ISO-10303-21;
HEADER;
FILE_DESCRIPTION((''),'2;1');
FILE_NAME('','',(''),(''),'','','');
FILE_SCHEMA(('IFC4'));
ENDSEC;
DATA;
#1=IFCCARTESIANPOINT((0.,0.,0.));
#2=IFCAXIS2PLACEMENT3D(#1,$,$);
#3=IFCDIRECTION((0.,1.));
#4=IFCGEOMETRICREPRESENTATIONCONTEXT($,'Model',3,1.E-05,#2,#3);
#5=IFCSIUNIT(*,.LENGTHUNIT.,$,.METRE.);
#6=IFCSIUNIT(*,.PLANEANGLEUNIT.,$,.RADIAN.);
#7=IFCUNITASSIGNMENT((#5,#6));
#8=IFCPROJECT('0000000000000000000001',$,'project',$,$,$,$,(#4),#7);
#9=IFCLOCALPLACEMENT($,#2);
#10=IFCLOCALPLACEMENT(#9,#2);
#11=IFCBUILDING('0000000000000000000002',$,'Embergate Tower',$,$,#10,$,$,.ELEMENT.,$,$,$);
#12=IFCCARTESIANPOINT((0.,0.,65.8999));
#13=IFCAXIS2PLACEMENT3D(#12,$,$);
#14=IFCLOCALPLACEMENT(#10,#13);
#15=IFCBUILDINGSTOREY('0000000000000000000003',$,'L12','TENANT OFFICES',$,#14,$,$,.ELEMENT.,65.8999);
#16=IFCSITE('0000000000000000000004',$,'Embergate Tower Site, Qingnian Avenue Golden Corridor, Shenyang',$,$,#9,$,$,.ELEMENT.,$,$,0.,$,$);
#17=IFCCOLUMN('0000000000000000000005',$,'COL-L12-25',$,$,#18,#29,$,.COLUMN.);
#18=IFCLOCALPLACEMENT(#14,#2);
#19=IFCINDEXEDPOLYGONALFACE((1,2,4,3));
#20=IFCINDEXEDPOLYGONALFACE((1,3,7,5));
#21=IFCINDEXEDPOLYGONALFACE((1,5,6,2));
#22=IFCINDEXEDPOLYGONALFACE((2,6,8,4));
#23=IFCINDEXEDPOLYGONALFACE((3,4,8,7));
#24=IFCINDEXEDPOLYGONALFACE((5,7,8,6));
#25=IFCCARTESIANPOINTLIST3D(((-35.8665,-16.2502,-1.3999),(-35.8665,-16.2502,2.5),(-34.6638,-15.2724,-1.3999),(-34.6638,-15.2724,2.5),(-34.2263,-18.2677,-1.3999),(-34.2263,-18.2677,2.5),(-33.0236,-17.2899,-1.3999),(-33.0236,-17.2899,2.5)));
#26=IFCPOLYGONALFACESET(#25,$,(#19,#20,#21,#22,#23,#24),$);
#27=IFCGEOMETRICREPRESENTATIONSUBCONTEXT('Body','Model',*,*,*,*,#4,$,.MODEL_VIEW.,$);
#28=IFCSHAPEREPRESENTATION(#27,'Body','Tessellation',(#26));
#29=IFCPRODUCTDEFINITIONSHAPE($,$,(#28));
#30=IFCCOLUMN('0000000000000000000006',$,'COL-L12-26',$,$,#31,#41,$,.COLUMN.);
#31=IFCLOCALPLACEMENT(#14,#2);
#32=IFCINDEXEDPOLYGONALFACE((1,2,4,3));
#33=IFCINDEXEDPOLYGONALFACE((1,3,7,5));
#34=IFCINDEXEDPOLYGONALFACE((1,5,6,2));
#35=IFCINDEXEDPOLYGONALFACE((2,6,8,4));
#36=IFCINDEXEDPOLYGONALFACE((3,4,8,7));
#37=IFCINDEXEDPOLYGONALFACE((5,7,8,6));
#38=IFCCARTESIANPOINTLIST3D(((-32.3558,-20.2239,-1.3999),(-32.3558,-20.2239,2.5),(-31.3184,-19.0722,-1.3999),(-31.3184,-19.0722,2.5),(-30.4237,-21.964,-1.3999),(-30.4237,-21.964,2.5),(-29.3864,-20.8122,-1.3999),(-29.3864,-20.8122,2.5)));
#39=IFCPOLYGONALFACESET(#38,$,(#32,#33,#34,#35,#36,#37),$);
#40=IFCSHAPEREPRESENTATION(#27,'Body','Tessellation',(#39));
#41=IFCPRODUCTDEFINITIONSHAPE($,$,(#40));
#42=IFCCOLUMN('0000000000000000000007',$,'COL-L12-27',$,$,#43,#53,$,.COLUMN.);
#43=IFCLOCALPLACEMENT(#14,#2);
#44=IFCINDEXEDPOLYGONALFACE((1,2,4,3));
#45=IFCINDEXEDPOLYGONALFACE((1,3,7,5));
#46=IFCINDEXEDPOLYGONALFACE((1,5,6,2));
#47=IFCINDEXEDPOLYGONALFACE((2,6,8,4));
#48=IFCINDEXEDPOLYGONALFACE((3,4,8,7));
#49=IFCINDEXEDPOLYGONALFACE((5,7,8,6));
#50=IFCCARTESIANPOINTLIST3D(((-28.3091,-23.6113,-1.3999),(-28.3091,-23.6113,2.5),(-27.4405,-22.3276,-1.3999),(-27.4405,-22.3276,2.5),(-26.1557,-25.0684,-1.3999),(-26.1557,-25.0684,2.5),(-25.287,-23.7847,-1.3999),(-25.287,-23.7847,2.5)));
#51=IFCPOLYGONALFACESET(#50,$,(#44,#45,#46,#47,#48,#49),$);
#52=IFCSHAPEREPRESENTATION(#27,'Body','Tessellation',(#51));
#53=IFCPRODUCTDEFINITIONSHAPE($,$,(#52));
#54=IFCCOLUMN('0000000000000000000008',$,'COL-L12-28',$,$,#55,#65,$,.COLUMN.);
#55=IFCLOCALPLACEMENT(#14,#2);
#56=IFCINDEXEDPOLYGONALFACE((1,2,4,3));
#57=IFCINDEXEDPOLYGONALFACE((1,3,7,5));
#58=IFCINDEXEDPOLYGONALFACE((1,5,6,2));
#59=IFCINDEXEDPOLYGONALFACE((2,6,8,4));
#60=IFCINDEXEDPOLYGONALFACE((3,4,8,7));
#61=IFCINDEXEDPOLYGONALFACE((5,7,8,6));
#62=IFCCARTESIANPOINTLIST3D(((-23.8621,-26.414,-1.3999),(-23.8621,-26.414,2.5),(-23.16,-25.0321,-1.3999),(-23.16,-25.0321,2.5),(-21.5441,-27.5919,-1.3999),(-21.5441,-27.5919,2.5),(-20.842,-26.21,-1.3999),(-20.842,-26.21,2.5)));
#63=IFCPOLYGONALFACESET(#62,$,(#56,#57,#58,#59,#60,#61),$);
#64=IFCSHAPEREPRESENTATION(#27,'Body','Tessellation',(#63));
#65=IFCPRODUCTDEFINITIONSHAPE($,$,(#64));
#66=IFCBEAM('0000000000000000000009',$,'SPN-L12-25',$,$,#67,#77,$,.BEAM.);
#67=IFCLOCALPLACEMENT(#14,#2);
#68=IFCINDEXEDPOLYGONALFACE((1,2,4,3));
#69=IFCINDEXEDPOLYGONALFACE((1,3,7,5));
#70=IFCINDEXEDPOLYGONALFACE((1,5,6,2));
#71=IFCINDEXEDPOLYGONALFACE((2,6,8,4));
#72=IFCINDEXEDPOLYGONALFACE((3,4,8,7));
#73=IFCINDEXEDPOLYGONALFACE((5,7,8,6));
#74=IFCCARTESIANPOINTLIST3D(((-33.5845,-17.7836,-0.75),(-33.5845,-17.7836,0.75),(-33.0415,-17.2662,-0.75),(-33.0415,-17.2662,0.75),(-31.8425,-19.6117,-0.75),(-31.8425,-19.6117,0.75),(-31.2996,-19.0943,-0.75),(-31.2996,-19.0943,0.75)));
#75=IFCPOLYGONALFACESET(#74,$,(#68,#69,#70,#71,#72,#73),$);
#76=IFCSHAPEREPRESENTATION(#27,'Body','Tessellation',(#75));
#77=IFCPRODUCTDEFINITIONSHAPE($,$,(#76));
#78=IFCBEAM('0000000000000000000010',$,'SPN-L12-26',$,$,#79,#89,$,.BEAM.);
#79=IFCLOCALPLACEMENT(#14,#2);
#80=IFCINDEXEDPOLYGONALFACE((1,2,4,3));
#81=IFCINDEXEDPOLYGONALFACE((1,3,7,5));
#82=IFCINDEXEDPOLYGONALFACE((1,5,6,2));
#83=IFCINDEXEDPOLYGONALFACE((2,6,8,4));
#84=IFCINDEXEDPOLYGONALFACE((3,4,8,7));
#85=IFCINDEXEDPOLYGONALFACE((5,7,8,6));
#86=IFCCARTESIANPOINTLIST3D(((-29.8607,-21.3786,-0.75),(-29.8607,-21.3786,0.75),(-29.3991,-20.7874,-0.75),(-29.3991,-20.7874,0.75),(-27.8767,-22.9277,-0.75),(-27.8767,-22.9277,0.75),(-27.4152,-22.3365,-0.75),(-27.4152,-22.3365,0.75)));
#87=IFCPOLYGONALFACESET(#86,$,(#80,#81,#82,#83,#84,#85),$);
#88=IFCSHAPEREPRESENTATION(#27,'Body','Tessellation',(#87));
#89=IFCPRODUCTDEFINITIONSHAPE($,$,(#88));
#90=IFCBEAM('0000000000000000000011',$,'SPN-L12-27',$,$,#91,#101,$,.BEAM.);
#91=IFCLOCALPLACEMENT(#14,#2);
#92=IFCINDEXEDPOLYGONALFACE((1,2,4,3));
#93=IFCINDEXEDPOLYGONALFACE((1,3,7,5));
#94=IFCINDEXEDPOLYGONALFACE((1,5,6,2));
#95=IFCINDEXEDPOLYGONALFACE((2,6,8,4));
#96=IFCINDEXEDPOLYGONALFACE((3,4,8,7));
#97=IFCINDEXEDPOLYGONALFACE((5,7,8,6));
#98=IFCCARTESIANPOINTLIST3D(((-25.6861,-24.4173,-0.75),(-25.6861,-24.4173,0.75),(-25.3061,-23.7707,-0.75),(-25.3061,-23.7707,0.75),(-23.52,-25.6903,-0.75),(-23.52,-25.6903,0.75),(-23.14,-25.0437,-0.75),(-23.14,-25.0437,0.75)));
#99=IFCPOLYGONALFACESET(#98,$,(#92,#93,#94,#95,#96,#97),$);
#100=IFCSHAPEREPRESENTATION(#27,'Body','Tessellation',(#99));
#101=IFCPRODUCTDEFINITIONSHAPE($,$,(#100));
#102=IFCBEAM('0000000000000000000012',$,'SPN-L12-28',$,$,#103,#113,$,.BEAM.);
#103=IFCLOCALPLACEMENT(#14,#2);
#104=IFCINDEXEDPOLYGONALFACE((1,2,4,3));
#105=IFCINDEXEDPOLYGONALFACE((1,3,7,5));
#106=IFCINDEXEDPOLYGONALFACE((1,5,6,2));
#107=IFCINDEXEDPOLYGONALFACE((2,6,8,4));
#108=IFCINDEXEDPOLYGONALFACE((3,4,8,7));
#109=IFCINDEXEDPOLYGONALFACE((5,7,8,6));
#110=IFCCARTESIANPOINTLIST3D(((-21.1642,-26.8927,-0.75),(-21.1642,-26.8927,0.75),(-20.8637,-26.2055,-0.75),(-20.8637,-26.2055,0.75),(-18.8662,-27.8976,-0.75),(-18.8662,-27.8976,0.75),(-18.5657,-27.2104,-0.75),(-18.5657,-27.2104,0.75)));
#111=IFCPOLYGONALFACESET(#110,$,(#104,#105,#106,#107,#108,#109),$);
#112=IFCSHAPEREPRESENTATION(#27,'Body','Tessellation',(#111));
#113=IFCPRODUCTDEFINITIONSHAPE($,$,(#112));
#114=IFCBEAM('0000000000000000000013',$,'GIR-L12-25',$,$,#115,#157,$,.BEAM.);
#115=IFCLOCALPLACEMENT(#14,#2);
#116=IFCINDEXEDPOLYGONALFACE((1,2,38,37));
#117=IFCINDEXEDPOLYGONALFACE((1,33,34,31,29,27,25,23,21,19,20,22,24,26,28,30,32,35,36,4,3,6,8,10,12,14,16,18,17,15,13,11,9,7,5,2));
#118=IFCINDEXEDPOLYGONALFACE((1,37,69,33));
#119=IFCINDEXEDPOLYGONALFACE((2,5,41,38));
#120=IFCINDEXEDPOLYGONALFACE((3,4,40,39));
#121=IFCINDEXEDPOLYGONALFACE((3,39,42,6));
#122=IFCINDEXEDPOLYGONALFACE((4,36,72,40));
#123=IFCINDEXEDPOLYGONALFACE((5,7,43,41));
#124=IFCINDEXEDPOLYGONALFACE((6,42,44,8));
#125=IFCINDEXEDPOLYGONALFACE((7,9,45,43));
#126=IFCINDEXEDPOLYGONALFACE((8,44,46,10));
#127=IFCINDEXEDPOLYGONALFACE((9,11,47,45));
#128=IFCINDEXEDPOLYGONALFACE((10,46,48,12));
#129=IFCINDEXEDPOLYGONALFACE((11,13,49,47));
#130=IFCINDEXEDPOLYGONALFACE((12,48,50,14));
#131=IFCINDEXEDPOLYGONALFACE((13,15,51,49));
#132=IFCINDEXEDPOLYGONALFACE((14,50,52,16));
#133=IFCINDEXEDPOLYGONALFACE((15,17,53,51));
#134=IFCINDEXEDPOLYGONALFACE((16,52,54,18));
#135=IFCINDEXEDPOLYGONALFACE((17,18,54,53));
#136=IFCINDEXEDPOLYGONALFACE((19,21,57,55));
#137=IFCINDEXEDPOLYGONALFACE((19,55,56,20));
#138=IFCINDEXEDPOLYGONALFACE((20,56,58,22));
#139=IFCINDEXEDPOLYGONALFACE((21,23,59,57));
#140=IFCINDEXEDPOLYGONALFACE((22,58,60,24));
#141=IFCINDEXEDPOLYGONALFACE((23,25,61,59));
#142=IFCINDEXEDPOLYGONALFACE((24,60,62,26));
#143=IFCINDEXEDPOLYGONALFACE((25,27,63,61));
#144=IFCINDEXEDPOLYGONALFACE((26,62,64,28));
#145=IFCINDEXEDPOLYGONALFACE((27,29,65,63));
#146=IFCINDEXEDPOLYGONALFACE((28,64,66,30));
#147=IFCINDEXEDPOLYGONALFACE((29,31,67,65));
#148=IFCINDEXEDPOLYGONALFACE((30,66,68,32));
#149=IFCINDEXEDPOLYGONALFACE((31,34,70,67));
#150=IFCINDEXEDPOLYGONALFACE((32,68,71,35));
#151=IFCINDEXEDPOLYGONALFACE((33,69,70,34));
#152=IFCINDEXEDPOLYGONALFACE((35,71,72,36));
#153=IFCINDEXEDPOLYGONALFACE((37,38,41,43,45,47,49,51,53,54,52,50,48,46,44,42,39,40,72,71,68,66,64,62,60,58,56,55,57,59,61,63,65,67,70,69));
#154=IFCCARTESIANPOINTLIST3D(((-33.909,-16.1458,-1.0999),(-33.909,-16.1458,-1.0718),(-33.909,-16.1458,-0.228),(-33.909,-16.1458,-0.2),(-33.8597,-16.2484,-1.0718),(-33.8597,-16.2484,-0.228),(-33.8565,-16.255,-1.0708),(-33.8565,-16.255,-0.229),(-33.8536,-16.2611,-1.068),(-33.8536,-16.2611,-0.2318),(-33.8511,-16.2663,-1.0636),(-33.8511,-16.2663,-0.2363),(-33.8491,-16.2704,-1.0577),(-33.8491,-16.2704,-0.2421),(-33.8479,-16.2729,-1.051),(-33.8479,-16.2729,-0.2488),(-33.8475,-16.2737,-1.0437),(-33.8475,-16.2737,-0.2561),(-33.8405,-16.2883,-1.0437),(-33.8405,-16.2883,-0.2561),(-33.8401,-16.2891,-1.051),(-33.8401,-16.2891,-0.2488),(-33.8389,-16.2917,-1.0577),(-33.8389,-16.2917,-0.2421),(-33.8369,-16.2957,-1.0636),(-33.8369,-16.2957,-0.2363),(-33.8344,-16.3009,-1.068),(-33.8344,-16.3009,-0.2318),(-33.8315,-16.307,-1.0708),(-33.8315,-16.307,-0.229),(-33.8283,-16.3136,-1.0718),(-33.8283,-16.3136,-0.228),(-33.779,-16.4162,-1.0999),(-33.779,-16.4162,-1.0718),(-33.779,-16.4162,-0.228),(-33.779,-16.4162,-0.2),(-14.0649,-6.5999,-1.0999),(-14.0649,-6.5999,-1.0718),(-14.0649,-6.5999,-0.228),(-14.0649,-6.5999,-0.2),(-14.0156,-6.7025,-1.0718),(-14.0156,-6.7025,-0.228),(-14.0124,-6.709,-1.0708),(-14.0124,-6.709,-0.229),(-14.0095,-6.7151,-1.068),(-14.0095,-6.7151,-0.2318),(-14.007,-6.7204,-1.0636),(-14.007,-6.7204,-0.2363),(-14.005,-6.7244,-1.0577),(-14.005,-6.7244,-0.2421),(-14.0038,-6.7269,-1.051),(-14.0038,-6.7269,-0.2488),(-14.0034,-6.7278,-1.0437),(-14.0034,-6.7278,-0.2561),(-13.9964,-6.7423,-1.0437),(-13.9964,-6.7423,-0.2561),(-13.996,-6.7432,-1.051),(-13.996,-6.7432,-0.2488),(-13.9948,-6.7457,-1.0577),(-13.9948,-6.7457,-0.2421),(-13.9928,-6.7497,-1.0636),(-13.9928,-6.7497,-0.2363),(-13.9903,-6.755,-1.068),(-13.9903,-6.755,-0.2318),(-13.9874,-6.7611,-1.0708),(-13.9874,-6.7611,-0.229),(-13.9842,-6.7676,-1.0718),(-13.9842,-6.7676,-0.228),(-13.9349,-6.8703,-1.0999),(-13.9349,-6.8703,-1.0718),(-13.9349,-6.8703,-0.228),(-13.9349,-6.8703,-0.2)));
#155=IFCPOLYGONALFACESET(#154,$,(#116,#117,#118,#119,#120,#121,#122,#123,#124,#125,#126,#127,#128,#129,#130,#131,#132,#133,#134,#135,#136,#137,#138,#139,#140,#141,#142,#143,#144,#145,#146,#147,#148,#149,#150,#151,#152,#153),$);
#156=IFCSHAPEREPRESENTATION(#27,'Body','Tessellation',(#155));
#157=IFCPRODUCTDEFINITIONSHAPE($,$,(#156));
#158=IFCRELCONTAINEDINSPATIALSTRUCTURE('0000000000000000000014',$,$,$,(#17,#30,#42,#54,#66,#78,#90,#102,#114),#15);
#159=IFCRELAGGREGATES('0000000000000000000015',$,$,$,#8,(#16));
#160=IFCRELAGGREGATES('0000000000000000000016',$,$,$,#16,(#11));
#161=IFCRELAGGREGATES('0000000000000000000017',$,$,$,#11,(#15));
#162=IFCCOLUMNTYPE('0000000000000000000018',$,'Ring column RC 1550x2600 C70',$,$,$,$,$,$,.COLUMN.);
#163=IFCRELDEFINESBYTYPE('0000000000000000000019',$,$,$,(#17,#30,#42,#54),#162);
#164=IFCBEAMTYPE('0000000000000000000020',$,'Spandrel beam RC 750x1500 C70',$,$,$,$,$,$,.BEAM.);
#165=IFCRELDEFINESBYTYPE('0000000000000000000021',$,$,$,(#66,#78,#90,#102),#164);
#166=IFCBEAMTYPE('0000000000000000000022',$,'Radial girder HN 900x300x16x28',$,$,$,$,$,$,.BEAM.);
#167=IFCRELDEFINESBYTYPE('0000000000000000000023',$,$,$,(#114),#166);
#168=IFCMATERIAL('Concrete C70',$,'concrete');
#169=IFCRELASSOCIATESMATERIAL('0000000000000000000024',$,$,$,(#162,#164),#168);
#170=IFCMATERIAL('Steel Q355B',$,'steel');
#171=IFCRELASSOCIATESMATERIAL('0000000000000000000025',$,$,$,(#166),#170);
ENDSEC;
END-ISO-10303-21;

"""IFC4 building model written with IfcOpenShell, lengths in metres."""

from ifc_helpers import new_model, si_unit, direction, frame, origin, origin_2d, place, context, subcontext, project, spatial, rectangle, i_section, extrude, source, transform, mapped, material, material_profile, profile_set, type_object, element, save


model = new_model("IFC4")

# Units and contexts
model_context = context("Model", 3, precision=1e-05, world=origin(), true_north=direction((0.0, 1.0)))
body_context = subcontext(model_context, "Body", "Model", "MODEL_VIEW")
ifc_project = project(units=[si_unit("LENGTHUNIT", "METRE"), si_unit("PLANEANGLEUNIT", "RADIAN")], contexts=[model_context])

# Site, building, storey
site_placement = place(None, origin())
site = spatial("IfcSite", under=ifc_project, at=site_placement, Name="Embergate Tower Site, Qingnian Avenue Golden Corridor, Shenyang", CompositionType="ELEMENT", RefElevation=0.0)
building_placement = place(site_placement, origin())
building = spatial("IfcBuilding", under=site, at=building_placement, Name="Embergate Tower", CompositionType="ELEMENT")
storey_placement = place(building_placement, frame((0.0, 0.0, 65.8999)))
storey = spatial("IfcBuildingStorey", under=building, at=storey_placement, Name="L12", Description="TENANT OFFICES", CompositionType="ELEMENT", Elevation=65.8999)

# Columns
ifc_material_1 = material(Name="Concrete C70", Category="concrete")
ifc_material_profile_1 = material_profile(ifc_material_1, rectangle(XDim=1.55, YDim=2.6001, at=origin_2d()), Name="RC 1550x2600")
ifc_profile_set_1 = profile_set([ifc_material_profile_1], Name="Concrete C70")
column_type = type_object("IfcColumnType", Name="Ring column RC 1550x2600 C70", PredefinedType="COLUMN", material=ifc_profile_set_1)
shared_shape_1 = source(origin(), body_context, "Body", "SweptSolid", [
    extrude(rectangle(XDim=1.55, YDim=2.6001, at=origin_2d()), origin(), (0.0, 0.0, 1.0), 3.8999),
])
for number, where, z_axis, x_axis, name in (
    (1, (-34.4451, -16.77, -1.3999), (0.0, 0.0, 1.0), (-0.775925, -0.630825, 0.0), "COL-L12-25"),
    (2, (-30.8711, -20.5181, -1.3999), (0.0, 0.0, 1.0), (-0.669221, -0.743063, 0.0), "COL-L12-26"),
    (3, (-26.7981, -23.698, -1.3999), (0.0, 0.0, 1.0), (-0.560408, -0.828217, 0.0), "COL-L12-27"),
    (4, (-22.3521, -26.312, -1.3999), (0.0, 0.0, 1.0), (-0.453011, -0.891505, 0.0), "COL-L12-28"),
):
    element("IfcColumn", number, at=place(storey_placement, frame(where, z_axis=z_axis, x_axis=x_axis)), inside=storey, type_object=column_type, Name=name, PredefinedType="COLUMN", context=body_context, shape_type="MappedRepresentation", body=[
        mapped(shared_shape_1, transform((0.0, 0.0, 0.0))),
    ])

# Beams
ifc_material_profile_2 = material_profile(ifc_material_1, rectangle(XDim=0.75, YDim=1.5, at=origin_2d()), Name="RC 750x1500")
ifc_profile_set_2 = profile_set([ifc_material_profile_2], Name="Concrete C70")
beam_type_1 = type_object("IfcBeamType", Name="Spandrel beam RC 750x1500 C70", PredefinedType="BEAM", material=ifc_profile_set_2)
shared_shape_2 = source(origin(), body_context, "Body", "SweptSolid", [
    extrude(rectangle(XDim=0.75, YDim=1.5, at=origin_2d()), origin(), (0.0, 0.0, 1.0), 2.5251),
])
beam_1_placement = place(storey_placement, frame((-33.313, -17.5249, 0.0), z_axis=(0.689836, -0.723965, 0.0), x_axis=(0.723965, 0.689836, 0.0)))
element("IfcBeam", 5, at=beam_1_placement, inside=storey, type_object=beam_type_1, Name="SPN-L12-25", PredefinedType="BEAM", context=body_context, shape_type="MappedRepresentation", body=[
    mapped(shared_shape_2, transform((0.0, 0.0, 0.0))),
])
shared_shape_3 = source(origin(), body_context, "Body", "SweptSolid", [
    extrude(rectangle(XDim=0.75, YDim=1.5, at=origin_2d()), origin(), (0.0, 0.0, 1.0), 2.5171),
])
beam_2_placement = place(storey_placement, frame((-29.6299, -21.083, 0.0), z_axis=(0.788186, -0.615437, 0.0), x_axis=(0.615437, 0.788186, 0.0)))
element("IfcBeam", 6, at=beam_2_placement, inside=storey, type_object=beam_type_1, Name="SPN-L12-26", PredefinedType="BEAM", context=body_context, shape_type="MappedRepresentation", body=[
    mapped(shared_shape_3, transform((0.0, 0.0, 0.0))),
])
shared_shape_4 = source(origin(), body_context, "Body", "SweptSolid", [
    extrude(rectangle(XDim=0.75, YDim=1.5, at=origin_2d()), origin(), (0.0, 0.0, 1.0), 2.5125),
])
beam_3_placement = place(storey_placement, frame((-25.4961, -24.094, 0.0), z_axis=(0.862139, -0.506672, 0.0), x_axis=(0.506672, 0.862139, 0.0)))
element("IfcBeam", 7, at=beam_3_placement, inside=storey, type_object=beam_type_1, Name="SPN-L12-27", PredefinedType="BEAM", context=body_context, shape_type="MappedRepresentation", body=[
    mapped(shared_shape_4, transform((0.0, 0.0, 0.0))),
])
shared_shape_5 = source(origin(), body_context, "Body", "SweptSolid", [
    extrude(rectangle(XDim=0.75, YDim=1.5, at=origin_2d()), origin(), (0.0, 0.0, 1.0), 2.5081),
])
beam_4_placement = place(storey_placement, frame((-21.0139, -26.5491, 0.0), z_axis=(0.91622, -0.400676, 0.0), x_axis=(0.400676, 0.91622, 0.0)))
element("IfcBeam", 8, at=beam_4_placement, inside=storey, type_object=beam_type_1, Name="SPN-L12-28", PredefinedType="BEAM", context=body_context, shape_type="MappedRepresentation", body=[
    mapped(shared_shape_5, transform((0.0, 0.0, 0.0))),
])
ifc_material_2 = material(Name="Steel Q355B", Category="steel")
ifc_material_profile_3 = material_profile(ifc_material_2, i_section(OverallWidth=0.3, OverallDepth=0.8999, WebThickness=0.0161, FlangeThickness=0.0281, FilletRadius=0.0281, at=origin_2d()), Name="HN 900x300x16x28")
ifc_profile_set_3 = profile_set([ifc_material_profile_3], Name="Steel Q355 grade B")
beam_type_2 = type_object("IfcBeamType", Name="Radial girder HN 900x300x16x28", PredefinedType="BEAM", material=ifc_profile_set_3)
shared_shape_6 = source(origin(), body_context, "Body", "SweptSolid", [
    extrude(i_section(OverallWidth=0.3, OverallDepth=0.8999, WebThickness=0.0161, FlangeThickness=0.0281, FilletRadius=0.0281, at=origin_2d()), origin(), (0.0, 0.0, 1.0), 22.0208),
])
beam_5_placement = place(storey_placement, frame((-33.844, -16.281, -0.6499), z_axis=(0.901155, 0.433498, 0.0), x_axis=(-0.433498, 0.901155, 0.0)))
element("IfcBeam", 9, at=beam_5_placement, inside=storey, type_object=beam_type_2, Name="GIR-L12-25", PredefinedType="BEAM", context=body_context, shape_type="MappedRepresentation", body=[
    mapped(shared_shape_6, transform((0.0, 0.0, 0.0))),
])

save(model, "model.ifc")
